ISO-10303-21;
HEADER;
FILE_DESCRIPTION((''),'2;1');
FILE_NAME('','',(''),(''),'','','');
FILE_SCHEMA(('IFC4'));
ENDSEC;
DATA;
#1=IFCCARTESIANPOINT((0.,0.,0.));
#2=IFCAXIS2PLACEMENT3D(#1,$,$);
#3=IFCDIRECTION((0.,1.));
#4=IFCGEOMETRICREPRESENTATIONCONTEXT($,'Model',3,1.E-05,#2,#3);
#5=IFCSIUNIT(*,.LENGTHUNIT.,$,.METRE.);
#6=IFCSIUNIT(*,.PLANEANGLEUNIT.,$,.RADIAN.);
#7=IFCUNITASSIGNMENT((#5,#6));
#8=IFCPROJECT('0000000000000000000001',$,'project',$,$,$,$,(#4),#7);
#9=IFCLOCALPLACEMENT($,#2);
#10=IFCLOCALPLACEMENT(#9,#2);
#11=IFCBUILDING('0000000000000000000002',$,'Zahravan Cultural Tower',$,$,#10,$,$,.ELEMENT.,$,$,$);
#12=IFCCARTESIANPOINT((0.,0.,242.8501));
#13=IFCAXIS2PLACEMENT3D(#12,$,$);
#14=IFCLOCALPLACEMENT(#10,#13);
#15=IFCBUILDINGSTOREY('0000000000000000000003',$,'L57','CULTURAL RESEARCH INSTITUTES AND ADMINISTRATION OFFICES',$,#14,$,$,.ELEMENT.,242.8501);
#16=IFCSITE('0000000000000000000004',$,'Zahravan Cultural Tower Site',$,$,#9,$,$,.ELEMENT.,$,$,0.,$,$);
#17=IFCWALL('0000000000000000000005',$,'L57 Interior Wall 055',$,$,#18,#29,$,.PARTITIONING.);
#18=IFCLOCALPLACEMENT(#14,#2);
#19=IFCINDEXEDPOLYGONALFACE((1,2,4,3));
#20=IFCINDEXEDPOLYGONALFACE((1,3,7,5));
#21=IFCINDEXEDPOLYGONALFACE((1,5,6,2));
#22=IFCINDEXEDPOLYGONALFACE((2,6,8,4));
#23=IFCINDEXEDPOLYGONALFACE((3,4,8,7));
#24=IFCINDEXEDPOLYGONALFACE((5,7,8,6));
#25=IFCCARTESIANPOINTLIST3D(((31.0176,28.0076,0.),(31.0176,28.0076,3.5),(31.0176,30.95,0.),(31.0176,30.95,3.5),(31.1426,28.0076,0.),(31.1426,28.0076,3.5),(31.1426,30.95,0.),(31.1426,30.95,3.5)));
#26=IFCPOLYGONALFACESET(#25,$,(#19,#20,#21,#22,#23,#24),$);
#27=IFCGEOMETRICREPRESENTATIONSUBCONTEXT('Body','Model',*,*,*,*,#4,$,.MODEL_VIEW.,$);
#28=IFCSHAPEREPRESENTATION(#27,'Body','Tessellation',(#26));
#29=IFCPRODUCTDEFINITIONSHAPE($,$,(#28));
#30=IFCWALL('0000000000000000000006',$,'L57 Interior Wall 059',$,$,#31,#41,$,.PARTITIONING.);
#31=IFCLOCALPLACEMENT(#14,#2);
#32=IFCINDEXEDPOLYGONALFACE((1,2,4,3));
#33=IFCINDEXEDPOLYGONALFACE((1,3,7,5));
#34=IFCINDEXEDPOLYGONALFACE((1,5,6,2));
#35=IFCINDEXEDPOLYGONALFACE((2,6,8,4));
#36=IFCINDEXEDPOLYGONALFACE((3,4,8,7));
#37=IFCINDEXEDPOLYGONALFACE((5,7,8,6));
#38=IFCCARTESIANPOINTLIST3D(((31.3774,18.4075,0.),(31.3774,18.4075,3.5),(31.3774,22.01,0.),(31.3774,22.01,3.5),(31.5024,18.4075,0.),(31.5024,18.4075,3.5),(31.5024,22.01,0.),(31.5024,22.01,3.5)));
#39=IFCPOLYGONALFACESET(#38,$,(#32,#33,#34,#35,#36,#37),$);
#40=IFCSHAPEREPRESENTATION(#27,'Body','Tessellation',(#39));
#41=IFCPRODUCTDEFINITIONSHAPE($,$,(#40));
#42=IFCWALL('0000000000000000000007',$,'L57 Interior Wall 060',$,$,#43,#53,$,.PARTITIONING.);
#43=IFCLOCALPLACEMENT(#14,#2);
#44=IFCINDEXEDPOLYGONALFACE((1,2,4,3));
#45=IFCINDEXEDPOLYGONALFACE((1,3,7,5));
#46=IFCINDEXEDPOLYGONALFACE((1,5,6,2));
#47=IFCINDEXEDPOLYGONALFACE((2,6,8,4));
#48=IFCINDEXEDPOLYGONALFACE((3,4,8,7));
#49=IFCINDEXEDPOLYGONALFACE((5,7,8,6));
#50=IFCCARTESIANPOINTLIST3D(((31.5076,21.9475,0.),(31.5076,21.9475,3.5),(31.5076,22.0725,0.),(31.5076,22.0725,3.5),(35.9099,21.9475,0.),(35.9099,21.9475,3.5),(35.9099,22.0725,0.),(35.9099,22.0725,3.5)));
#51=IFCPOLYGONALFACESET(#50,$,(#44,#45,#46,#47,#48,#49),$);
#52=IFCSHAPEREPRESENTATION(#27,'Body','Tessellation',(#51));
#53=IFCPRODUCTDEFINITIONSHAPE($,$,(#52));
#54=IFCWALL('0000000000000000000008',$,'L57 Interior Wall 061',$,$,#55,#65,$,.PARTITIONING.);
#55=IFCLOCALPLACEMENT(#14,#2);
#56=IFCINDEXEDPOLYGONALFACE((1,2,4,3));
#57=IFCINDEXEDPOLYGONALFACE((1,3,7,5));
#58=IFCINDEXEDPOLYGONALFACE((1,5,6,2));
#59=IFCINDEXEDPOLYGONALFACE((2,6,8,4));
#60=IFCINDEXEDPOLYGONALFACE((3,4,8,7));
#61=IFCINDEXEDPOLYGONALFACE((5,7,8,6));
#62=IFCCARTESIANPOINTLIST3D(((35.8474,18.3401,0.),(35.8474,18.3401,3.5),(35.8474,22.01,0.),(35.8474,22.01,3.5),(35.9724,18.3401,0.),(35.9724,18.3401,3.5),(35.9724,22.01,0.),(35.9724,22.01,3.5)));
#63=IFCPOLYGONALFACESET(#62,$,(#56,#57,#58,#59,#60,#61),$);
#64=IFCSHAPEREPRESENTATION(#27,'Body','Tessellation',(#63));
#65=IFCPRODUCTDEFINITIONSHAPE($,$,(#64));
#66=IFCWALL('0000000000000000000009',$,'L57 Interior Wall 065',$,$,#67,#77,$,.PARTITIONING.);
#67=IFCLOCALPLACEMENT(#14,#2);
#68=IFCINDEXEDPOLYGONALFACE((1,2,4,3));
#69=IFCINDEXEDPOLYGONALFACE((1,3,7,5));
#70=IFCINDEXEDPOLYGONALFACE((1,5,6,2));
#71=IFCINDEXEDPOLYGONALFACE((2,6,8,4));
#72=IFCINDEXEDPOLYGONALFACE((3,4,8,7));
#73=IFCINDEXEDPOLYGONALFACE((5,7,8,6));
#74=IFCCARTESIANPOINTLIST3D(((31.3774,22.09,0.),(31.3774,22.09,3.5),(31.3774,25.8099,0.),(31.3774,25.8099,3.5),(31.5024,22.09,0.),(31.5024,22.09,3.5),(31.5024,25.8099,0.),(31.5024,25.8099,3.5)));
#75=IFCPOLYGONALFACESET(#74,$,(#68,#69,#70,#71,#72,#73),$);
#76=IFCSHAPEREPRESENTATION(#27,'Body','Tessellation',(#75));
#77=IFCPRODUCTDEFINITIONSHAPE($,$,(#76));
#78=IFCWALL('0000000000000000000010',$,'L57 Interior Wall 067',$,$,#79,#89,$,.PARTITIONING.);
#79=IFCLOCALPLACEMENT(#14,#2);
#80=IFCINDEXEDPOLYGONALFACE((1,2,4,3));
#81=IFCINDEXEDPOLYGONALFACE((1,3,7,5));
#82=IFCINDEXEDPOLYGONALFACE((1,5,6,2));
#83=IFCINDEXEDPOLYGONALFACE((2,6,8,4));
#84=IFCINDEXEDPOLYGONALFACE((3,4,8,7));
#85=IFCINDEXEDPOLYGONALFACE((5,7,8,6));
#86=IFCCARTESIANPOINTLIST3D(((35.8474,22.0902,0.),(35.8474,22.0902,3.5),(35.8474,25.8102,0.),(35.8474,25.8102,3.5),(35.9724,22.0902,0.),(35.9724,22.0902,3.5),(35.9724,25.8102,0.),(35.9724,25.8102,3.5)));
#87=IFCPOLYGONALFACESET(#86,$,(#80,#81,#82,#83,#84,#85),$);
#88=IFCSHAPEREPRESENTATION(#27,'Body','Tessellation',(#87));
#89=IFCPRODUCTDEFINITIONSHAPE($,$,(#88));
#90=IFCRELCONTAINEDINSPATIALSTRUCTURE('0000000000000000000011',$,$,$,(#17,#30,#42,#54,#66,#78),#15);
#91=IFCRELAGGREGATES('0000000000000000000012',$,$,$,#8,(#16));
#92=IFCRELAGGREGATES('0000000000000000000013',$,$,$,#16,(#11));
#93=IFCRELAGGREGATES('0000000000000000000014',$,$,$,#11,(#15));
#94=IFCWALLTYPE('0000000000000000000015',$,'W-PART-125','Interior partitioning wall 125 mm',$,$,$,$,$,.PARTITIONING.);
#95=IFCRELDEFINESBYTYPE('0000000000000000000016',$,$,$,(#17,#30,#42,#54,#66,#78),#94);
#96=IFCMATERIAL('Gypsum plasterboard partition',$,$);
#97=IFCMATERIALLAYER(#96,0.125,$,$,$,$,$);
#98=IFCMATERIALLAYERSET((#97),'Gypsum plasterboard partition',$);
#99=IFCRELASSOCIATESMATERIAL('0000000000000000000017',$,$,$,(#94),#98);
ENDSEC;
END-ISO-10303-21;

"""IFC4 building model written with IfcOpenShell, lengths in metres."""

from ifc_helpers import new_model, si_unit, direction, frame, frame_2d, origin, place, context, subcontext, project, spatial, rectangle, extrude, source, transform, mapped, material, layer, layer_set, type_object, element, save


model = new_model("IFC4")

# Units and contexts
model_context = context("Model", 3, precision=1e-05, world=origin(), true_north=direction((0.0, 1.0)))
body_context = subcontext(model_context, "Body", "Model", "MODEL_VIEW")
ifc_project = project(units=[si_unit("LENGTHUNIT", "METRE"), si_unit("PLANEANGLEUNIT", "RADIAN")], contexts=[model_context])

# Site, building, storey
site_placement = place(None, origin())
site = spatial("IfcSite", under=ifc_project, at=site_placement, Name="Zahravan Cultural Tower Site", CompositionType="ELEMENT", RefElevation=0.0)
building_placement = place(site_placement, origin())
building = spatial("IfcBuilding", under=site, at=building_placement, Name="Zahravan Cultural Tower", CompositionType="ELEMENT")
storey_placement = place(building_placement, frame((0.0, 0.0, 242.8501)))
storey = spatial("IfcBuildingStorey", under=building, at=storey_placement, Name="L57", Description="CULTURAL RESEARCH INSTITUTES AND ADMINISTRATION OFFICES", CompositionType="ELEMENT", Elevation=242.8501)

# Shared definitions
ifc_material_1 = material(Name="Gypsum plasterboard partition")
ifc_layer_1 = layer(ifc_material_1, 0.125)
ifc_layer_set_1 = layer_set([ifc_layer_1], Name="Gypsum plasterboard partition")
wall_type_1 = type_object("IfcWallType", Name="W-PART-125", Description="Interior partitioning wall 125 mm", PredefinedType="PARTITIONING", material=ifc_layer_set_1)

# Walls
shared_shape_1 = source(origin(), body_context, "Body", "SweptSolid", [
    extrude(rectangle(XDim=2.9424, YDim=0.125, at=frame_2d((1.4712, 0.0))), origin(), (0.0, 0.0, 1.0), 3.5),
])
wall_1_placement = place(storey_placement, frame((31.0801, 28.0076, 0.0), z_axis=(0.0, 0.0, 1.0), x_axis=(0.0, 1.0, 0.0)))
element("IfcWall", 1, at=wall_1_placement, inside=storey, type_object=wall_type_1, Name="L57 Interior Wall 055", PredefinedType="PARTITIONING", context=body_context, shape_type="MappedRepresentation", body=[
    mapped(shared_shape_1, transform((0.0, 0.0, 0.0), x_axis=(1.0, 0.0, 0.0), y_axis=(0.0, 1.0, 0.0), z_axis=(0.0, 0.0, 1.0), scale=1.0)),
])
shared_shape_2 = source(origin(), body_context, "Body", "SweptSolid", [
    extrude(rectangle(XDim=3.6025, YDim=0.125, at=frame_2d((1.8013, 0.0))), origin(), (0.0, 0.0, 1.0), 3.5),
])
wall_2_placement = place(storey_placement, frame((31.4399, 18.4075, 0.0), z_axis=(0.0, 0.0, 1.0), x_axis=(0.0, 1.0, 0.0)))
element("IfcWall", 2, at=wall_2_placement, inside=storey, type_object=wall_type_1, Name="L57 Interior Wall 059", PredefinedType="PARTITIONING", context=body_context, shape_type="MappedRepresentation", body=[
    mapped(shared_shape_2, transform((0.0, 0.0, 0.0), x_axis=(1.0, 0.0, 0.0), y_axis=(0.0, 1.0, 0.0), z_axis=(0.0, 0.0, 1.0), scale=1.0)),
])
shared_shape_3 = source(origin(), body_context, "Body", "SweptSolid", [
    extrude(rectangle(XDim=4.4023, YDim=0.125, at=frame_2d((2.2012, 0.0))), origin(), (0.0, 0.0, 1.0), 3.5),
])
wall_3_placement = place(storey_placement, frame((31.5076, 22.01, 0.0), z_axis=(0.0, 0.0, 1.0), x_axis=(1.0, 0.0, 0.0)))
element("IfcWall", 3, at=wall_3_placement, inside=storey, type_object=wall_type_1, Name="L57 Interior Wall 060", PredefinedType="PARTITIONING", context=body_context, shape_type="MappedRepresentation", body=[
    mapped(shared_shape_3, transform((0.0, 0.0, 0.0), x_axis=(1.0, 0.0, 0.0), y_axis=(0.0, 1.0, 0.0), z_axis=(0.0, 0.0, 1.0), scale=1.0)),
])
shared_shape_4 = source(origin(), body_context, "Body", "SweptSolid", [
    extrude(rectangle(XDim=3.6699, YDim=0.125, at=frame_2d((1.835, 0.0))), origin(), (0.0, 0.0, 1.0), 3.5),
])
wall_4_placement = place(storey_placement, frame((35.9099, 22.01, 0.0), z_axis=(0.0, 0.0, 1.0), x_axis=(0.0, -1.0, 0.0)))
element("IfcWall", 4, at=wall_4_placement, inside=storey, type_object=wall_type_1, Name="L57 Interior Wall 061", PredefinedType="PARTITIONING", context=body_context, shape_type="MappedRepresentation", body=[
    mapped(shared_shape_4, transform((0.0, 0.0, 0.0), x_axis=(1.0, 0.0, 0.0), y_axis=(0.0, 1.0, 0.0), z_axis=(0.0, 0.0, 1.0), scale=1.0)),
])
shared_shape_5 = source(origin(), body_context, "Body", "SweptSolid", [
    extrude(rectangle(XDim=3.72, YDim=0.125, at=frame_2d((1.8599, 0.0))), origin(), (0.0, 0.0, 1.0), 3.5),
])
for number, where, z_axis, x_axis, name in (
    (5, (31.4399, 22.0901, 0.0), (0.0, 0.0, 1.0), (0.0, 1.0, 0.0), "L57 Interior Wall 065"),
    (6, (35.9099, 25.8101, 0.0), (0.0, 0.0, 1.0), (0.0, -1.0, 0.0), "L57 Interior Wall 067"),
):
    element("IfcWall", number, at=place(storey_placement, frame(where, z_axis=z_axis, x_axis=x_axis)), inside=storey, type_object=wall_type_1, Name=name, PredefinedType="PARTITIONING", context=body_context, shape_type="MappedRepresentation", body=[
        mapped(shared_shape_5, transform((0.0, 0.0, 0.0), x_axis=(1.0, 0.0, 0.0), y_axis=(0.0, 1.0, 0.0), z_axis=(0.0, 0.0, 1.0), scale=1.0)),
    ])

save(model, "model.ifc")
